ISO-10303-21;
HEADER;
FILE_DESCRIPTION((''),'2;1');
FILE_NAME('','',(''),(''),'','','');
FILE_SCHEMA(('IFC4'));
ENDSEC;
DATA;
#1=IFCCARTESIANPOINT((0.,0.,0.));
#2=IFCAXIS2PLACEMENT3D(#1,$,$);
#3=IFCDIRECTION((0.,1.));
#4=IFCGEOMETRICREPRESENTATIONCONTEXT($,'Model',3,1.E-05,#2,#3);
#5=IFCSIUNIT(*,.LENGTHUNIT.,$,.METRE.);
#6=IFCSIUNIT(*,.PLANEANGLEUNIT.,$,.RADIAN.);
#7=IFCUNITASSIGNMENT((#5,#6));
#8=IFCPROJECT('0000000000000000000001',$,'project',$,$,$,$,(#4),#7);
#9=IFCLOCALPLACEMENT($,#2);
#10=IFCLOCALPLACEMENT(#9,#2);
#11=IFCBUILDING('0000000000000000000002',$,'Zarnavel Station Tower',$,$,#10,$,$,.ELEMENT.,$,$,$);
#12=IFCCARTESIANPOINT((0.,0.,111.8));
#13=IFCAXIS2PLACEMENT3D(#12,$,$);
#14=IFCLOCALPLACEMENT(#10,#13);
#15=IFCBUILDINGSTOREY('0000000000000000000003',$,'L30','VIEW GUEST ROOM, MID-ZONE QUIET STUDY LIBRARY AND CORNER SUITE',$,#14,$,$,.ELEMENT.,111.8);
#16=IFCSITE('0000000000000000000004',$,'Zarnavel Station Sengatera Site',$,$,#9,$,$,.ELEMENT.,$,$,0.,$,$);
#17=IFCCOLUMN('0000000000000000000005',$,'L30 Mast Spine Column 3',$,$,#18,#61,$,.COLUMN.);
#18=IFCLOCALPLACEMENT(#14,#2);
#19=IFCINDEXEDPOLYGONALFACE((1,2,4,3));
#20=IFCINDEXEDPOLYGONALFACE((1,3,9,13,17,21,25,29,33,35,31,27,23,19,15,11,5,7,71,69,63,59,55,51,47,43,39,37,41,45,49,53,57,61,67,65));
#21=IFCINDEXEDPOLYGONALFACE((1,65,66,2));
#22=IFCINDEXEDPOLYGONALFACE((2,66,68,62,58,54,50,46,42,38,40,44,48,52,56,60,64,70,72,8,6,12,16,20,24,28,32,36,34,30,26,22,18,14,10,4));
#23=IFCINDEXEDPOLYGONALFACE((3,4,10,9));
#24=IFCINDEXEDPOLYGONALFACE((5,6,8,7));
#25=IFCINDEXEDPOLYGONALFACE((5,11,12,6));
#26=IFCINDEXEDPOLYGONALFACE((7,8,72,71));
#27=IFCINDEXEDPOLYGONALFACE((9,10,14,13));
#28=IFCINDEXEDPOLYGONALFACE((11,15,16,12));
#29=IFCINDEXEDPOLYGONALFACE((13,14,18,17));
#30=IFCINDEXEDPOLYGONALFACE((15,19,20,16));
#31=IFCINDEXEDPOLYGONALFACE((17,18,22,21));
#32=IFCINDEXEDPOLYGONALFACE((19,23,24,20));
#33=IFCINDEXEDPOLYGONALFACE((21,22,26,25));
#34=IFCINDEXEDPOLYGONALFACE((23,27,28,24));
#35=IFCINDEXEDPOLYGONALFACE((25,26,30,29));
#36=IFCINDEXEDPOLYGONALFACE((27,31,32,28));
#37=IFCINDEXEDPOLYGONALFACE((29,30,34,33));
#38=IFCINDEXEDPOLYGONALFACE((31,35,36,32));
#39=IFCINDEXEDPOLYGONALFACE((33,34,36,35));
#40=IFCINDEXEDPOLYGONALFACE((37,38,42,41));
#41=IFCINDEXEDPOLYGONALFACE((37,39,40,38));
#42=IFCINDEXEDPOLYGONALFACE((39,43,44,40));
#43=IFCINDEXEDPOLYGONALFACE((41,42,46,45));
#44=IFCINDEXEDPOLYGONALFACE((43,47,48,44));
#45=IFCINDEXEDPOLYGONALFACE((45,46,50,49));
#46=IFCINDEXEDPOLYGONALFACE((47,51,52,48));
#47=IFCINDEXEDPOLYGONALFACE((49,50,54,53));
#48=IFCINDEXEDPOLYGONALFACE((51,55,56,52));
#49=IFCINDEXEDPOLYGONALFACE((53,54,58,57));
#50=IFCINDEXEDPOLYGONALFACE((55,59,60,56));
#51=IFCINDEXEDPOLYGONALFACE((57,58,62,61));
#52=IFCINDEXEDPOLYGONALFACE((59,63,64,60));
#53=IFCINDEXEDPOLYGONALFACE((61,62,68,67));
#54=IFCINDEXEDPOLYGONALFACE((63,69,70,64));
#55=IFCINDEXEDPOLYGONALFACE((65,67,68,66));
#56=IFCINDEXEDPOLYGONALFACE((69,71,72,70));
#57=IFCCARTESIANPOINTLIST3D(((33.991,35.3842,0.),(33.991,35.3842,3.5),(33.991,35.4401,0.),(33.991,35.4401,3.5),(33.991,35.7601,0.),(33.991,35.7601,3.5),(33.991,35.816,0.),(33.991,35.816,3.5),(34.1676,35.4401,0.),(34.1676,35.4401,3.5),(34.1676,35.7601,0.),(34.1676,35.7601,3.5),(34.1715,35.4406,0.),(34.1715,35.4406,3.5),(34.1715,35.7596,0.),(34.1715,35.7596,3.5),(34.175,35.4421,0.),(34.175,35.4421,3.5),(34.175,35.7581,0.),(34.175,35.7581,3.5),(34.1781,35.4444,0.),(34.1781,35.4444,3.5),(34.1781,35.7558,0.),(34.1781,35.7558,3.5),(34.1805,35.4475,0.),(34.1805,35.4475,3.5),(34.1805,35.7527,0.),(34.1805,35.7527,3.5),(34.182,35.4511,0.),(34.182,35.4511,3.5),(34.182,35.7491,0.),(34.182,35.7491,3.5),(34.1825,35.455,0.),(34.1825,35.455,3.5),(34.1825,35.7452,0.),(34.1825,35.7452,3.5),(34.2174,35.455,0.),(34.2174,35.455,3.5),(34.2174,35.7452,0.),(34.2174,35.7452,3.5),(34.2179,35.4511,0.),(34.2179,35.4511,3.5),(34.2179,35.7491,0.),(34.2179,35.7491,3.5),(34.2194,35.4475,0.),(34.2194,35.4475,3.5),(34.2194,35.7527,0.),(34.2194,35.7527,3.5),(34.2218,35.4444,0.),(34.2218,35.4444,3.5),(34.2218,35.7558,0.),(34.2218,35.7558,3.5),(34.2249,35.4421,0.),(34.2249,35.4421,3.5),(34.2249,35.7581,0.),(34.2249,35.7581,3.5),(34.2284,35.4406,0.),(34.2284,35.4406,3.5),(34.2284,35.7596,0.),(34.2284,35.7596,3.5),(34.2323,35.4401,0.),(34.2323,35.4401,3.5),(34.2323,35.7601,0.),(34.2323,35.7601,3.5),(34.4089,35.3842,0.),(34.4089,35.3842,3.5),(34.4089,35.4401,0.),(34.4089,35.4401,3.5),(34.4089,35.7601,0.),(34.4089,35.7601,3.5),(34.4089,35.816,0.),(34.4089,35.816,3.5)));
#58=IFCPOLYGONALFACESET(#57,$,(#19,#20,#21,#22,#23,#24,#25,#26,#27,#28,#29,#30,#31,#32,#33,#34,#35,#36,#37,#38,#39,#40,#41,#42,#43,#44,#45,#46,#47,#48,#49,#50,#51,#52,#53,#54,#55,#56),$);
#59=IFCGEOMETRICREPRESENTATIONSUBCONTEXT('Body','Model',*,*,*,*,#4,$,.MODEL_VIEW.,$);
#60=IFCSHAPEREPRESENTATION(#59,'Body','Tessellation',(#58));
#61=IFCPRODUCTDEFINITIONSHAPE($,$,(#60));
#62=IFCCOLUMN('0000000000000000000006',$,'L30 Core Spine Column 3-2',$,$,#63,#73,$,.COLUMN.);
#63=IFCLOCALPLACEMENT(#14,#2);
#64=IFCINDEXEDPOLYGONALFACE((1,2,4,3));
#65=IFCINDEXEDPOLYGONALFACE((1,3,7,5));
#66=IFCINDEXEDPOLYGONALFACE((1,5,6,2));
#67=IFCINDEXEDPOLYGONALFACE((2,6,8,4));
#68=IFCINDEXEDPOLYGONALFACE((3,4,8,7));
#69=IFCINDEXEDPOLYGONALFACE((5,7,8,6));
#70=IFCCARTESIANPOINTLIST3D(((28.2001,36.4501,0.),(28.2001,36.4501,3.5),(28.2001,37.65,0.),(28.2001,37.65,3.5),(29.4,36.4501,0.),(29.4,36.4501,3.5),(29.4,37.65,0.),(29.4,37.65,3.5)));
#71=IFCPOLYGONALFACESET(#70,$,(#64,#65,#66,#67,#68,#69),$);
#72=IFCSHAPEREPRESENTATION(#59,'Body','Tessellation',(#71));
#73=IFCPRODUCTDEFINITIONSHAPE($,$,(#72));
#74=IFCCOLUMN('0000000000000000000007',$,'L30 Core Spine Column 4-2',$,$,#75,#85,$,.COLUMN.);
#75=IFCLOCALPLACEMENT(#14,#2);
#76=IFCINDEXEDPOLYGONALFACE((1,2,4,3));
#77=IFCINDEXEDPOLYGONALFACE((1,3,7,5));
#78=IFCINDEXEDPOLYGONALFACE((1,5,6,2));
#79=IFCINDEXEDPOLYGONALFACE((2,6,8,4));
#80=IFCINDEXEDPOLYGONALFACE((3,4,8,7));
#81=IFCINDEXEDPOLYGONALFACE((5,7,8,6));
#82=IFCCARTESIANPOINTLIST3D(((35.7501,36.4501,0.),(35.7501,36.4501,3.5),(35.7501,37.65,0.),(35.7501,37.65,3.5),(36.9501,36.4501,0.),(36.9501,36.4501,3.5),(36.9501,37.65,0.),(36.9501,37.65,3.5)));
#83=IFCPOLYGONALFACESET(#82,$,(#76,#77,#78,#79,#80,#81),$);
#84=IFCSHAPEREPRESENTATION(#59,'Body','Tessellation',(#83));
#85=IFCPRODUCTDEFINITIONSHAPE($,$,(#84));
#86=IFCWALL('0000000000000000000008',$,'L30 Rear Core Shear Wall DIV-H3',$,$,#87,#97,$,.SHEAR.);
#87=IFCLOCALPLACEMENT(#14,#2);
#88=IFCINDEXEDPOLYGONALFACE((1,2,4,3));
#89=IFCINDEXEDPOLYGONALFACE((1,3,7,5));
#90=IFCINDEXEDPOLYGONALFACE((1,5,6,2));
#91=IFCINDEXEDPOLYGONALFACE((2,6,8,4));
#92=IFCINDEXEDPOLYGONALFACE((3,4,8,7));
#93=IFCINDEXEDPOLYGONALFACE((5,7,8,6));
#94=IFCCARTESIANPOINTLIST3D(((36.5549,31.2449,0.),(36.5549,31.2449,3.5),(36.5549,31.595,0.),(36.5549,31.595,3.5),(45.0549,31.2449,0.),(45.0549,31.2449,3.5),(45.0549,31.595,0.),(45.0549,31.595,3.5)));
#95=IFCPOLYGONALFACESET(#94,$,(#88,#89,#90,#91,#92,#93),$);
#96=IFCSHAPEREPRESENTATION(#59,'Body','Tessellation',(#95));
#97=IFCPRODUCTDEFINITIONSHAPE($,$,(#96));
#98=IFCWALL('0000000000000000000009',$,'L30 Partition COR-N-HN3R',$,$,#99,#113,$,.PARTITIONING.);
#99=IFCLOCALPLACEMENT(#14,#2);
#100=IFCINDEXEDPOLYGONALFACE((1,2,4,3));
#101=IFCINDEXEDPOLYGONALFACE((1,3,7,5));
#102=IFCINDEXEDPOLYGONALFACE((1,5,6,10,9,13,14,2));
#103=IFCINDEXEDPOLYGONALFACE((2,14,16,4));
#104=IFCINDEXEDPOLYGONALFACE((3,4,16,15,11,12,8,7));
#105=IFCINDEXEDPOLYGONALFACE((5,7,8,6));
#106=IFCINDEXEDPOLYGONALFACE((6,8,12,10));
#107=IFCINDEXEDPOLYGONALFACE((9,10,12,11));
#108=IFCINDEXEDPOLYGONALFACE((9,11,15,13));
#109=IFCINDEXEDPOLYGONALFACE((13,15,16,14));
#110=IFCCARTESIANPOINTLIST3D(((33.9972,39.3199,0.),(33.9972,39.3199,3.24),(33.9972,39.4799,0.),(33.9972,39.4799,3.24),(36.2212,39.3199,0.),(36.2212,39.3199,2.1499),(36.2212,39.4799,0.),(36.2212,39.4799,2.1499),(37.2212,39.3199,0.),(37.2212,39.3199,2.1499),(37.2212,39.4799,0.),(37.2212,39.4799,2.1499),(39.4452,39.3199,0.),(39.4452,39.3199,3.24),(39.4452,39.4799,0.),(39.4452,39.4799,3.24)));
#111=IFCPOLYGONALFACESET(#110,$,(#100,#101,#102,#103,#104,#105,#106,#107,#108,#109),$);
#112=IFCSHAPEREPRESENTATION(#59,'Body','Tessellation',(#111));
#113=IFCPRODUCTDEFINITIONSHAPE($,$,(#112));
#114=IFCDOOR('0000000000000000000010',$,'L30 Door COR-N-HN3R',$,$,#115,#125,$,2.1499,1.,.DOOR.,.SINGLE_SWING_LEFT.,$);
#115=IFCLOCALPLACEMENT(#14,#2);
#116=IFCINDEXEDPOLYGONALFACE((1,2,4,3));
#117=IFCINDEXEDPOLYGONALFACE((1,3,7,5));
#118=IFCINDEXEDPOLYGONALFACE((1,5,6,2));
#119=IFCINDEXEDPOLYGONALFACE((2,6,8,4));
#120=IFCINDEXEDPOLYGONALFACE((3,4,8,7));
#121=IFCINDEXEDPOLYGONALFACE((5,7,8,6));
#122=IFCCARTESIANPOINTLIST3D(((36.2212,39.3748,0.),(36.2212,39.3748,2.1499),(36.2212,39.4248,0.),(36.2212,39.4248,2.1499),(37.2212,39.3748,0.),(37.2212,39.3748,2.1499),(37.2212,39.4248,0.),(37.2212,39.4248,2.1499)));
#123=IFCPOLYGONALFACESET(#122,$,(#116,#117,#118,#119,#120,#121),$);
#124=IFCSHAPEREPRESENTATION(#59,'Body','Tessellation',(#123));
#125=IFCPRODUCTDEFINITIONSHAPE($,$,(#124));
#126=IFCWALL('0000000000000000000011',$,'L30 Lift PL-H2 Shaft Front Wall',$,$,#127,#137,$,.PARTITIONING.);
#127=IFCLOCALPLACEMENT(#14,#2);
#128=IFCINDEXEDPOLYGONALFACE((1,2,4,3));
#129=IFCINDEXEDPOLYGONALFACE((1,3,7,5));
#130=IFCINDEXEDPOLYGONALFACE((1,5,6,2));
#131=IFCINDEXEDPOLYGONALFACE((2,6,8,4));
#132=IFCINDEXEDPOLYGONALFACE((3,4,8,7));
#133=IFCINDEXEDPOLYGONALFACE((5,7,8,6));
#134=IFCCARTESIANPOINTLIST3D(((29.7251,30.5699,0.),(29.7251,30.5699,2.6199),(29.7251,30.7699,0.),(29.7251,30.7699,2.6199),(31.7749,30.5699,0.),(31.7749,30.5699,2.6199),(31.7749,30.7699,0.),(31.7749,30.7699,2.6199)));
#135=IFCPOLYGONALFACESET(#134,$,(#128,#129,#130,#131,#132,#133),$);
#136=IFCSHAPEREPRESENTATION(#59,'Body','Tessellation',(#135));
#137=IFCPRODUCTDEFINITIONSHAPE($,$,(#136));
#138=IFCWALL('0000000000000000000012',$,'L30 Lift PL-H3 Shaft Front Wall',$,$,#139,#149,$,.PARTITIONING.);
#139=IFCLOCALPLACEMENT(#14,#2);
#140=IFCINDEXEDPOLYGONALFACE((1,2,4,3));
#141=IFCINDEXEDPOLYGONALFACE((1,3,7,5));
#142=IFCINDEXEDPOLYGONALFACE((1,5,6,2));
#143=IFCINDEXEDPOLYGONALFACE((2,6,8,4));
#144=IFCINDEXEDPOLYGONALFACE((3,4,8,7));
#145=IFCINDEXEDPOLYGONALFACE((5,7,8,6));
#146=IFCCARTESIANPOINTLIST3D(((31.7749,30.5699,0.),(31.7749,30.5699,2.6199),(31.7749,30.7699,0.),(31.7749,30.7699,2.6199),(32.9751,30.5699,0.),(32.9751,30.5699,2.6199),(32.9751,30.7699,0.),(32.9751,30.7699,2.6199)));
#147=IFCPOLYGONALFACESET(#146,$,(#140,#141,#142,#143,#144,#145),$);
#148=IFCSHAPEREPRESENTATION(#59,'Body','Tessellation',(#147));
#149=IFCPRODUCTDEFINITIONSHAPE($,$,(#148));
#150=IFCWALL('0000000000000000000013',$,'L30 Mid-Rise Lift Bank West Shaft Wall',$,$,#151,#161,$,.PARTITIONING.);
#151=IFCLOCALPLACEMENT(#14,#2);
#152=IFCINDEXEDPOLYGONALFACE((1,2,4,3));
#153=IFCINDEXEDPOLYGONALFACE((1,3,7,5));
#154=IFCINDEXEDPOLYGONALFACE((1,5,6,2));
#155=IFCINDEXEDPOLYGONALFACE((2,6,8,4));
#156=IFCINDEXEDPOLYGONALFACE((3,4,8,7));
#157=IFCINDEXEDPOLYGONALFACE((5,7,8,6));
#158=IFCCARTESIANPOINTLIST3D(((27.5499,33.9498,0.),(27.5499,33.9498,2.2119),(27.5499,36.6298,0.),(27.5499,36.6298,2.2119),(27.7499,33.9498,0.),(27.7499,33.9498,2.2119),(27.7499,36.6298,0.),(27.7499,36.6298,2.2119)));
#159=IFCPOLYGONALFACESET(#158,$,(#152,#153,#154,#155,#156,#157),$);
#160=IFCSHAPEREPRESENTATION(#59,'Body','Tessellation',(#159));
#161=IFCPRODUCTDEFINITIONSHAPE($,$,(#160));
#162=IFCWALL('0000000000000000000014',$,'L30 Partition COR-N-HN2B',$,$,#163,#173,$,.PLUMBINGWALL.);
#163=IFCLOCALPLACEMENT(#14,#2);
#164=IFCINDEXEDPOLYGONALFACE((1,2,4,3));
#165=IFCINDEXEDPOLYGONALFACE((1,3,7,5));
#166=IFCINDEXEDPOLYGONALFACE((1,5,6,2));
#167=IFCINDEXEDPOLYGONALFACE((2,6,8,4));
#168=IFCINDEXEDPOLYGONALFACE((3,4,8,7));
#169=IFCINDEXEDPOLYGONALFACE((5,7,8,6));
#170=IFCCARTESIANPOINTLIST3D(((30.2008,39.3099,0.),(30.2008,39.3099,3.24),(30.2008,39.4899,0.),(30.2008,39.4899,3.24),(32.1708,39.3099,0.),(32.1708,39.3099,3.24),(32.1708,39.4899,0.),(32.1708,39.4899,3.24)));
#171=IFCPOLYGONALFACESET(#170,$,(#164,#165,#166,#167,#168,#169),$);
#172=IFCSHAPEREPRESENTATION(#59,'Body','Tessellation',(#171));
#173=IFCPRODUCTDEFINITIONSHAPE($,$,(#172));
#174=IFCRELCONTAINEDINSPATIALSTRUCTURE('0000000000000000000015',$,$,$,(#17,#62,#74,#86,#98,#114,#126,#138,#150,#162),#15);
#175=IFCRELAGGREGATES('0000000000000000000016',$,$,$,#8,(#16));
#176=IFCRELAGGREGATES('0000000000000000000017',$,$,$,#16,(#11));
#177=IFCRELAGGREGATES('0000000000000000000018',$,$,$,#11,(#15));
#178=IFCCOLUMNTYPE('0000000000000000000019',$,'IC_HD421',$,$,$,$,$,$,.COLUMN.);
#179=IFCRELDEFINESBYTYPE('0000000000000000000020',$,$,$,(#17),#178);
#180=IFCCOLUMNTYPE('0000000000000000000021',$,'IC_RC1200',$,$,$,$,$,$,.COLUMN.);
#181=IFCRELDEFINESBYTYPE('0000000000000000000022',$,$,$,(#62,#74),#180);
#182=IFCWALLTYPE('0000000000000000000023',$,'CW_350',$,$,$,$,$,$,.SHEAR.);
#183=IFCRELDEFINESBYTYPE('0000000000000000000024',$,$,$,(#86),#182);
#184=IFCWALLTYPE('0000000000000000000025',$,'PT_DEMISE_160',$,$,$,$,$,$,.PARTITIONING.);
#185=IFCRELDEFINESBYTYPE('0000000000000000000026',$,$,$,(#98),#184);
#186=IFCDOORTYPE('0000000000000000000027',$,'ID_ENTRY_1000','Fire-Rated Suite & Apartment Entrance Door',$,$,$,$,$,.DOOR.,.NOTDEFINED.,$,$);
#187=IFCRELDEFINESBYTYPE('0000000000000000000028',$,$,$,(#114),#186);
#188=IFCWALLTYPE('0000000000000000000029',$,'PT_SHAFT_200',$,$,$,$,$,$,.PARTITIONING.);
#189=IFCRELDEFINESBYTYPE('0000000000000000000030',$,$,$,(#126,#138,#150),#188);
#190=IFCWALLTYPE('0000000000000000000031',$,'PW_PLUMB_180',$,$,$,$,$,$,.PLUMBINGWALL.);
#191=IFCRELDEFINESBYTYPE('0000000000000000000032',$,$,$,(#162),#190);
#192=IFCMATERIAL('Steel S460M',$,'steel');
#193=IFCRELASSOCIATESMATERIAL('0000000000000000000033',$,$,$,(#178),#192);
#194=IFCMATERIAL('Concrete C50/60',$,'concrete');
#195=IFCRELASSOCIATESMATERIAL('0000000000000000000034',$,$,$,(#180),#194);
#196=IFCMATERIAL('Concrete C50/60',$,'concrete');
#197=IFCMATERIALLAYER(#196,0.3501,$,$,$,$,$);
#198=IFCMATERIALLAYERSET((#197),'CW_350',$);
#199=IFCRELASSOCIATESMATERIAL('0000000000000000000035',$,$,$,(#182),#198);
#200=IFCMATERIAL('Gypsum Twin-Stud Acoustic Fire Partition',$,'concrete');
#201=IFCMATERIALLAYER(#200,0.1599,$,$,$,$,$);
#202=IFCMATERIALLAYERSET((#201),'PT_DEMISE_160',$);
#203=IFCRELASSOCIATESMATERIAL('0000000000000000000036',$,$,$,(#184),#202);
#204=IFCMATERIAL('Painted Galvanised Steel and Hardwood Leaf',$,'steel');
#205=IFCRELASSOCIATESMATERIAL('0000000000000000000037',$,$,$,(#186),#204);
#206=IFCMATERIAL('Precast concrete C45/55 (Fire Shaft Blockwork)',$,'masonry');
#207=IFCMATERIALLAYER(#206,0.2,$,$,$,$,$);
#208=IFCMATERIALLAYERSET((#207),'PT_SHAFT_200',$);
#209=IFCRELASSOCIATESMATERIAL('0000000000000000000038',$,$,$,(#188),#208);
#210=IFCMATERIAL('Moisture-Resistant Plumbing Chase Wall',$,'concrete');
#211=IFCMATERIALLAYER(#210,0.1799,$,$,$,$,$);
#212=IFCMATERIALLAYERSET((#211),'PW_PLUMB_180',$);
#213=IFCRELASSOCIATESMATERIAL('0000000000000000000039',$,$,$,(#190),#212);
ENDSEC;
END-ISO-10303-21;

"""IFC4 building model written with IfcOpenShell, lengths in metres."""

from ifc_helpers import new_model, si_unit, direction, frame, frame_2d, origin, origin_2d, place, context, subcontext, project, spatial, rectangle, i_section, extrude, material, layer, layer_set, material_profile, profile_set, type_object, element, fill, save


model = new_model("IFC4")

# Units and contexts
model_context = context("Model", 3, precision=1e-05, world=origin(), true_north=direction((0.0, 1.0)))
body_context = subcontext(model_context, "Body", "Model", "MODEL_VIEW")
ifc_project = project(units=[si_unit("LENGTHUNIT", "METRE"), si_unit("PLANEANGLEUNIT", "RADIAN")], contexts=[model_context])

# Site, building, storey
site_placement = place(None, origin())
site = spatial("IfcSite", under=ifc_project, at=site_placement, Name="Zarnavel Station Sengatera Site", CompositionType="ELEMENT", RefElevation=0.0)
building_placement = place(site_placement, origin())
building = spatial("IfcBuilding", under=site, at=building_placement, Name="Zarnavel Station Tower", CompositionType="ELEMENT")
storey_placement = place(building_placement, frame((0.0, 0.0, 111.8)))
storey = spatial("IfcBuildingStorey", under=building, at=storey_placement, Name="L30", Description="VIEW GUEST ROOM, MID-ZONE QUIET STUDY LIBRARY AND CORNER SUITE", CompositionType="ELEMENT", Elevation=111.8)

# Columns
ifc_material_1 = material(Name="Steel S460M", Category="steel")
ifc_material_profile_1 = material_profile(ifc_material_1, i_section(OverallWidth=0.418, OverallDepth=0.4319, WebThickness=0.0349, FlangeThickness=0.0559, FilletRadius=0.0149, at=origin_2d()), Name="HD400x421")
ifc_profile_set_1 = profile_set([ifc_material_profile_1], Name="Steel S460M")
column_type_1 = type_object("IfcColumnType", Name="IC_HD421", PredefinedType="COLUMN", material=ifc_profile_set_1)
column_placement = place(storey_placement, frame((34.2, 35.6001, 0.0), z_axis=(0.0, 0.0, 1.0), x_axis=(1.0, 0.0, 0.0)))
element("IfcColumn", 1, at=column_placement, inside=storey, type_object=column_type_1, Name="L30 Mast Spine Column 3", PredefinedType="COLUMN", context=body_context, shape_type="SweptSolid", body=[
    extrude(i_section(OverallWidth=0.418, OverallDepth=0.4319, WebThickness=0.0349, FlangeThickness=0.0559, FilletRadius=0.0149, at=origin_2d()), origin(), (0.0, 0.0, 1.0), 3.5),
])
ifc_material_2 = material(Name="Concrete C50/60", Category="concrete")
ifc_material_profile_2 = material_profile(ifc_material_2, rectangle(XDim=1.2, YDim=1.2, at=origin_2d()), Name="RC1200x1200")
ifc_profile_set_2 = profile_set([ifc_material_profile_2], Name="Concrete C50/60")
column_type_2 = type_object("IfcColumnType", Name="IC_RC1200", PredefinedType="COLUMN", material=ifc_profile_set_2)
for number, where, z_axis, x_axis, name in (
    (2, (28.8, 37.05, 0.0), (0.0, 0.0, 1.0), (1.0, 0.0, 0.0), "L30 Core Spine Column 3-2"),
    (3, (36.3501, 37.05, 0.0), (0.0, 0.0, 1.0), (1.0, 0.0, 0.0), "L30 Core Spine Column 4-2"),
):
    element("IfcColumn", number, at=place(storey_placement, frame(where, z_axis=z_axis, x_axis=x_axis)), inside=storey, type_object=column_type_2, Name=name, PredefinedType="COLUMN", context=body_context, shape_type="SweptSolid", body=[
        extrude(rectangle(XDim=1.2, YDim=1.2, at=origin_2d()), origin(), (0.0, 0.0, 1.0), 3.5),
    ])

# Wall
ifc_material_3 = material(Name="Concrete C50/60", Category="concrete")
ifc_layer_1 = layer(ifc_material_3, 0.3501)
ifc_layer_set_1 = layer_set([ifc_layer_1], Name="CW_350")
wall_type_1 = type_object("IfcWallType", Name="CW_350", PredefinedType="SHEAR", material=ifc_layer_set_1)
wall_1_placement = place(storey_placement, frame((36.5549, 31.4199, 0.0), z_axis=(0.0, 0.0, 1.0), x_axis=(1.0, 0.0, 0.0)))
element("IfcWall", 4, at=wall_1_placement, inside=storey, type_object=wall_type_1, Name="L30 Rear Core Shear Wall DIV-H3", PredefinedType="SHEAR", context=body_context, shape_type="SweptSolid", body=[
    extrude(rectangle(XDim=8.5, YDim=0.3501, at=frame_2d((4.25, 0.0))), origin(), (0.0, 0.0, 1.0), 3.5),
])

# Wall, opening, door
ifc_material_4 = material(Name="Gypsum Twin-Stud Acoustic Fire Partition", Category="concrete")
ifc_layer_2 = layer(ifc_material_4, 0.1599)
ifc_layer_set_2 = layer_set([ifc_layer_2], Name="PT_DEMISE_160")
wall_type_2 = type_object("IfcWallType", Name="PT_DEMISE_160", PredefinedType="PARTITIONING", material=ifc_layer_set_2)
wall_2_placement = place(storey_placement, frame((33.9971, 39.3999, 0.0), z_axis=(0.0, 0.0, 1.0), x_axis=(1.0, 0.0, 0.0)))
wall_2 = element("IfcWall", 5, at=wall_2_placement, inside=storey, type_object=wall_type_2, Name="L30 Partition COR-N-HN3R", PredefinedType="PARTITIONING", context=body_context, shape_type="SweptSolid", body=[
    extrude(rectangle(XDim=5.448, YDim=0.1599, at=frame_2d((2.7241, 0.0))), origin(), (0.0, 0.0, 1.0), 3.24),
])
opening_1_placement = place(wall_2_placement, frame((2.2241, 0.0, 0.0)))
opening_1 = element("IfcOpeningElement", 6, at=opening_1_placement, cuts=wall_2, PredefinedType="OPENING", context=body_context, shape_type="SweptSolid", body=[
    extrude(rectangle(XDim=1.0, YDim=2.1499, at=frame_2d((0.5, 1.075))), frame((0.0, 0.0898, 0.0), z_axis=(0.0, -1.0, 0.0), x_axis=(1.0, 0.0, 0.0)), (0.0, 0.0, 1.0), 0.1799),
])
ifc_material_5 = material(Name="Painted Galvanised Steel and Hardwood Leaf", Category="steel")
door_type_1 = type_object("IfcDoorType", Name="ID_ENTRY_1000", Description="Fire-Rated Suite & Apartment Entrance Door", OperationType="NOTDEFINED", PredefinedType="DOOR", material=ifc_material_5)
door_1_placement = place(opening_1_placement, origin())
door_1 = element("IfcDoor", 7, at=door_1_placement, inside=storey, type_object=door_type_1, Name="L30 Door COR-N-HN3R", OperationType="SINGLE_SWING_LEFT", OverallHeight=2.1499, OverallWidth=1.0, PredefinedType="DOOR", context=body_context, shape_type="SweptSolid", body=[
    extrude(rectangle(XDim=1.0, YDim=2.1499, at=frame_2d((0.5, 1.075))), frame((0.0, 0.0249, 0.0), z_axis=(0.0, -1.0, 0.0), x_axis=(1.0, 0.0, 0.0)), (0.0, 0.0, 1.0), 0.05),
])
fill(opening_1, door_1)
ifc_material_6 = material(Name="Precast concrete C45/55 (Fire Shaft Blockwork)", Category="masonry")
ifc_layer_3 = layer(ifc_material_6, 0.2)
ifc_layer_set_3 = layer_set([ifc_layer_3], Name="PT_SHAFT_200")
wall_type_3 = type_object("IfcWallType", Name="PT_SHAFT_200", PredefinedType="PARTITIONING", material=ifc_layer_set_3)

# Walls
wall_3_placement = place(storey_placement, frame((29.7251, 30.6699, 0.0), z_axis=(0.0, 0.0, 1.0), x_axis=(1.0, 0.0, 0.0)))
element("IfcWall", 8, at=wall_3_placement, inside=storey, type_object=wall_type_3, Name="L30 Lift PL-H2 Shaft Front Wall", PredefinedType="PARTITIONING", context=body_context, shape_type="SweptSolid", body=[
    extrude(rectangle(XDim=2.0498, YDim=0.2, at=frame_2d((1.0249, 0.0))), origin(), (0.0, 0.0, 1.0), 2.6199),
])
wall_4_placement = place(storey_placement, frame((31.7749, 30.6699, 0.0), z_axis=(0.0, 0.0, 1.0), x_axis=(1.0, 0.0, 0.0)))
element("IfcWall", 9, at=wall_4_placement, inside=storey, type_object=wall_type_3, Name="L30 Lift PL-H3 Shaft Front Wall", PredefinedType="PARTITIONING", context=body_context, shape_type="SweptSolid", body=[
    extrude(rectangle(XDim=1.2002, YDim=0.2, at=frame_2d((0.6001, 0.0))), origin(), (0.0, 0.0, 1.0), 2.6199),
])

# Wall
wall_5_placement = place(storey_placement, frame((27.6499, 33.95, 0.0), z_axis=(0.0, 0.0, 1.0), x_axis=(0.0, 1.0, 0.0)))
element("IfcWall", 10, at=wall_5_placement, inside=storey, type_object=wall_type_3, Name="L30 Mid-Rise Lift Bank West Shaft Wall", PredefinedType="PARTITIONING", context=body_context, shape_type="SweptSolid", body=[
    extrude(rectangle(XDim=2.6799, YDim=0.2, at=frame_2d((1.3398, 0.0))), origin(), (0.0, 0.0, 1.0), 2.2119),
])

# Wall
ifc_material_7 = material(Name="Moisture-Resistant Plumbing Chase Wall", Category="concrete")
ifc_layer_4 = layer(ifc_material_7, 0.1799)
ifc_layer_set_4 = layer_set([ifc_layer_4], Name="PW_PLUMB_180")
wall_type_4 = type_object("IfcWallType", Name="PW_PLUMB_180", PredefinedType="PLUMBINGWALL", material=ifc_layer_set_4)
wall_6_placement = place(storey_placement, frame((30.2009, 39.3999, 0.0), z_axis=(0.0, 0.0, 1.0), x_axis=(1.0, 0.0, 0.0)))
element("IfcWall", 11, at=wall_6_placement, inside=storey, type_object=wall_type_4, Name="L30 Partition COR-N-HN2B", PredefinedType="PLUMBINGWALL", context=body_context, shape_type="SweptSolid", body=[
    extrude(rectangle(XDim=1.97, YDim=0.1799, at=frame_2d((0.9849, 0.0))), origin(), (0.0, 0.0, 1.0), 3.24),
])

save(model, "model.ifc")
